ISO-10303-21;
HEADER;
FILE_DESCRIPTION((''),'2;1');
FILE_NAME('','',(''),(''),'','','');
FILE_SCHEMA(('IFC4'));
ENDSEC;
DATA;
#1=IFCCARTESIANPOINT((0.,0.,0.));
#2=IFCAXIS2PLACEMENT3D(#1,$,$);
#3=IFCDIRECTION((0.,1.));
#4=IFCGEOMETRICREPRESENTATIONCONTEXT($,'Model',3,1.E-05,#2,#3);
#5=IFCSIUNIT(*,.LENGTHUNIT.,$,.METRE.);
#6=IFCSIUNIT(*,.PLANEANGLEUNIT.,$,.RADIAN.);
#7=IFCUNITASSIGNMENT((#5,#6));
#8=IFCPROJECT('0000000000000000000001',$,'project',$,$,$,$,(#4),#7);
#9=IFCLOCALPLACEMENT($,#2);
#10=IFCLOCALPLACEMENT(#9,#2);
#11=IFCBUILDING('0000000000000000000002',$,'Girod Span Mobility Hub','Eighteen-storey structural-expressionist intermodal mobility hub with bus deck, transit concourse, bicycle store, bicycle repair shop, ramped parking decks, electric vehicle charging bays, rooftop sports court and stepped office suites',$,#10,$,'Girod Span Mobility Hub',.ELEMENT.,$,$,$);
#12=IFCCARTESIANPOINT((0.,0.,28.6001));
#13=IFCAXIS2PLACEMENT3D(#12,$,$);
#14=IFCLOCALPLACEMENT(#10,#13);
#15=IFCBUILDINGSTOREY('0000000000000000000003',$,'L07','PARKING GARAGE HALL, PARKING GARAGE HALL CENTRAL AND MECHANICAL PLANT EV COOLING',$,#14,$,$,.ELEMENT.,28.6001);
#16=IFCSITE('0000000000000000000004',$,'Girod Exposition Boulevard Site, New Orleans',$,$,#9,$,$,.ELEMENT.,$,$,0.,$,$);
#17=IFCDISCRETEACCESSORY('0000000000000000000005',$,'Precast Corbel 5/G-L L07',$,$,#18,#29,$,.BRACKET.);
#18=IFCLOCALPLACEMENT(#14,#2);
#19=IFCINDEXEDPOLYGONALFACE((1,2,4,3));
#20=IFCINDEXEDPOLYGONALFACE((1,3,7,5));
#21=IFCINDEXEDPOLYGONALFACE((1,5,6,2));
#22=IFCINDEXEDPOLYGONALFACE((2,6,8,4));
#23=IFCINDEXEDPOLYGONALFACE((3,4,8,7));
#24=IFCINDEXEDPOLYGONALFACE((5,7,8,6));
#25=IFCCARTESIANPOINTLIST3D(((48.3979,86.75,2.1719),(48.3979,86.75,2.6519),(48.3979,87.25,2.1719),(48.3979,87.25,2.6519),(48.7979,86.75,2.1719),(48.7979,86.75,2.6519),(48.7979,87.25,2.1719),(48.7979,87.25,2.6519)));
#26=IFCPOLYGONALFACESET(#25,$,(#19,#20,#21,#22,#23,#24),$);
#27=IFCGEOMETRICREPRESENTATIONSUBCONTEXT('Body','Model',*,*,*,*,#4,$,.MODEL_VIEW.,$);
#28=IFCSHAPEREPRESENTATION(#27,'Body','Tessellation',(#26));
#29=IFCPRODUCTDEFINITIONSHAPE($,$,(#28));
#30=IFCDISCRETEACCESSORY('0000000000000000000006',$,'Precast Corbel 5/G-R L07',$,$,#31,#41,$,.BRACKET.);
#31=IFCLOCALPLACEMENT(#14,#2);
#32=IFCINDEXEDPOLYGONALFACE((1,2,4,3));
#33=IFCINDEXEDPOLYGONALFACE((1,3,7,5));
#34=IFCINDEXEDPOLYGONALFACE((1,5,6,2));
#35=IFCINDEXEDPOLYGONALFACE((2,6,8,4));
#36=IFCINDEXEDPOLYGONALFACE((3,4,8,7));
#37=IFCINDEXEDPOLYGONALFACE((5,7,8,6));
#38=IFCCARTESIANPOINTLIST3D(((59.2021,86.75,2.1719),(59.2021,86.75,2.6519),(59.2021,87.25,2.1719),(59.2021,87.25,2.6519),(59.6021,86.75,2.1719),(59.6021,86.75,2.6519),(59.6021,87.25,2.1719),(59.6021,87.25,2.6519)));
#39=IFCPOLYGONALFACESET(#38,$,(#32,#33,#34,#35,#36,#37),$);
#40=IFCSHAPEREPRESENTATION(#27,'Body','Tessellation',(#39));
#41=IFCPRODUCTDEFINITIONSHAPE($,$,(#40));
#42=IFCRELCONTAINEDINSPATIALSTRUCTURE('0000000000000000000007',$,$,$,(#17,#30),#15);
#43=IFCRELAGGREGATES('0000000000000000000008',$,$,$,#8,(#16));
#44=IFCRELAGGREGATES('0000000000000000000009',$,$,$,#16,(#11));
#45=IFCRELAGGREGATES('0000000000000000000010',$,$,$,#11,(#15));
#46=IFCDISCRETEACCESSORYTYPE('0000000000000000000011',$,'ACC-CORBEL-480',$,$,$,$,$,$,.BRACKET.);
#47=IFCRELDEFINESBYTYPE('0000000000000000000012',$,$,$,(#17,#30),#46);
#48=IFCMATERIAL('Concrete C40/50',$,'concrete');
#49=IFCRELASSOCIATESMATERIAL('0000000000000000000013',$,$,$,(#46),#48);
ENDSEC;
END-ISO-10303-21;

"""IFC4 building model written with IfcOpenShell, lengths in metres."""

from ifc_helpers import new_model, si_unit, direction, frame, origin, origin_2d, place, context, subcontext, project, spatial, rectangle, extrude, material, type_object, element, save


model = new_model("IFC4")

# Units and contexts
model_context = context("Model", 3, precision=1e-05, world=origin(), true_north=direction((0.0, 1.0)))
body_context = subcontext(model_context, "Body", "Model", "MODEL_VIEW")
ifc_project = project(units=[si_unit("LENGTHUNIT", "METRE"), si_unit("PLANEANGLEUNIT", "RADIAN")], contexts=[model_context])

# Site, building, storey
site_placement = place(None, origin())
site = spatial("IfcSite", under=ifc_project, at=site_placement, Name="Girod Exposition Boulevard Site, New Orleans", CompositionType="ELEMENT", RefElevation=0.0)
building_placement = place(site_placement, origin())
building = spatial("IfcBuilding", under=site, at=building_placement, Name="Girod Span Mobility Hub", Description="Eighteen-storey structural-expressionist intermodal mobility hub with bus deck, transit concourse, bicycle store, bicycle repair shop, ramped parking decks, electric vehicle charging bays, rooftop sports court and stepped office suites", LongName="Girod Span Mobility Hub", CompositionType="ELEMENT")
storey_placement = place(building_placement, frame((0.0, 0.0, 28.6001)))
storey = spatial("IfcBuildingStorey", under=building, at=storey_placement, Name="L07", Description="PARKING GARAGE HALL, PARKING GARAGE HALL CENTRAL AND MECHANICAL PLANT EV COOLING", CompositionType="ELEMENT", Elevation=28.6001)

# Discrete accessories
ifc_material_1 = material(Name="Concrete C40/50", Category="concrete")
discrete_accessory_type = type_object("IfcDiscreteAccessoryType", Name="ACC-CORBEL-480", PredefinedType="BRACKET", material=ifc_material_1)
for number, where, z_axis, x_axis, name in (
    (1, (48.5979, 87.0, 2.1719), (0.0, 0.0, 1.0), (1.0, 0.0, 0.0), "Precast Corbel 5/G-L L07"),
    (2, (59.4021, 87.0, 2.1719), (0.0, 0.0, 1.0), (1.0, 0.0, 0.0), "Precast Corbel 5/G-R L07"),
):
    element("IfcDiscreteAccessory", number, at=place(storey_placement, frame(where, z_axis=z_axis, x_axis=x_axis)), inside=storey, type_object=discrete_accessory_type, Name=name, PredefinedType="BRACKET", context=body_context, shape_type="SweptSolid", body=[
        extrude(rectangle(XDim=0.3999, YDim=0.5, at=origin_2d()), origin(), (0.0, 0.0, 1.0), 0.48),
    ])

save(model, "model.ifc")
